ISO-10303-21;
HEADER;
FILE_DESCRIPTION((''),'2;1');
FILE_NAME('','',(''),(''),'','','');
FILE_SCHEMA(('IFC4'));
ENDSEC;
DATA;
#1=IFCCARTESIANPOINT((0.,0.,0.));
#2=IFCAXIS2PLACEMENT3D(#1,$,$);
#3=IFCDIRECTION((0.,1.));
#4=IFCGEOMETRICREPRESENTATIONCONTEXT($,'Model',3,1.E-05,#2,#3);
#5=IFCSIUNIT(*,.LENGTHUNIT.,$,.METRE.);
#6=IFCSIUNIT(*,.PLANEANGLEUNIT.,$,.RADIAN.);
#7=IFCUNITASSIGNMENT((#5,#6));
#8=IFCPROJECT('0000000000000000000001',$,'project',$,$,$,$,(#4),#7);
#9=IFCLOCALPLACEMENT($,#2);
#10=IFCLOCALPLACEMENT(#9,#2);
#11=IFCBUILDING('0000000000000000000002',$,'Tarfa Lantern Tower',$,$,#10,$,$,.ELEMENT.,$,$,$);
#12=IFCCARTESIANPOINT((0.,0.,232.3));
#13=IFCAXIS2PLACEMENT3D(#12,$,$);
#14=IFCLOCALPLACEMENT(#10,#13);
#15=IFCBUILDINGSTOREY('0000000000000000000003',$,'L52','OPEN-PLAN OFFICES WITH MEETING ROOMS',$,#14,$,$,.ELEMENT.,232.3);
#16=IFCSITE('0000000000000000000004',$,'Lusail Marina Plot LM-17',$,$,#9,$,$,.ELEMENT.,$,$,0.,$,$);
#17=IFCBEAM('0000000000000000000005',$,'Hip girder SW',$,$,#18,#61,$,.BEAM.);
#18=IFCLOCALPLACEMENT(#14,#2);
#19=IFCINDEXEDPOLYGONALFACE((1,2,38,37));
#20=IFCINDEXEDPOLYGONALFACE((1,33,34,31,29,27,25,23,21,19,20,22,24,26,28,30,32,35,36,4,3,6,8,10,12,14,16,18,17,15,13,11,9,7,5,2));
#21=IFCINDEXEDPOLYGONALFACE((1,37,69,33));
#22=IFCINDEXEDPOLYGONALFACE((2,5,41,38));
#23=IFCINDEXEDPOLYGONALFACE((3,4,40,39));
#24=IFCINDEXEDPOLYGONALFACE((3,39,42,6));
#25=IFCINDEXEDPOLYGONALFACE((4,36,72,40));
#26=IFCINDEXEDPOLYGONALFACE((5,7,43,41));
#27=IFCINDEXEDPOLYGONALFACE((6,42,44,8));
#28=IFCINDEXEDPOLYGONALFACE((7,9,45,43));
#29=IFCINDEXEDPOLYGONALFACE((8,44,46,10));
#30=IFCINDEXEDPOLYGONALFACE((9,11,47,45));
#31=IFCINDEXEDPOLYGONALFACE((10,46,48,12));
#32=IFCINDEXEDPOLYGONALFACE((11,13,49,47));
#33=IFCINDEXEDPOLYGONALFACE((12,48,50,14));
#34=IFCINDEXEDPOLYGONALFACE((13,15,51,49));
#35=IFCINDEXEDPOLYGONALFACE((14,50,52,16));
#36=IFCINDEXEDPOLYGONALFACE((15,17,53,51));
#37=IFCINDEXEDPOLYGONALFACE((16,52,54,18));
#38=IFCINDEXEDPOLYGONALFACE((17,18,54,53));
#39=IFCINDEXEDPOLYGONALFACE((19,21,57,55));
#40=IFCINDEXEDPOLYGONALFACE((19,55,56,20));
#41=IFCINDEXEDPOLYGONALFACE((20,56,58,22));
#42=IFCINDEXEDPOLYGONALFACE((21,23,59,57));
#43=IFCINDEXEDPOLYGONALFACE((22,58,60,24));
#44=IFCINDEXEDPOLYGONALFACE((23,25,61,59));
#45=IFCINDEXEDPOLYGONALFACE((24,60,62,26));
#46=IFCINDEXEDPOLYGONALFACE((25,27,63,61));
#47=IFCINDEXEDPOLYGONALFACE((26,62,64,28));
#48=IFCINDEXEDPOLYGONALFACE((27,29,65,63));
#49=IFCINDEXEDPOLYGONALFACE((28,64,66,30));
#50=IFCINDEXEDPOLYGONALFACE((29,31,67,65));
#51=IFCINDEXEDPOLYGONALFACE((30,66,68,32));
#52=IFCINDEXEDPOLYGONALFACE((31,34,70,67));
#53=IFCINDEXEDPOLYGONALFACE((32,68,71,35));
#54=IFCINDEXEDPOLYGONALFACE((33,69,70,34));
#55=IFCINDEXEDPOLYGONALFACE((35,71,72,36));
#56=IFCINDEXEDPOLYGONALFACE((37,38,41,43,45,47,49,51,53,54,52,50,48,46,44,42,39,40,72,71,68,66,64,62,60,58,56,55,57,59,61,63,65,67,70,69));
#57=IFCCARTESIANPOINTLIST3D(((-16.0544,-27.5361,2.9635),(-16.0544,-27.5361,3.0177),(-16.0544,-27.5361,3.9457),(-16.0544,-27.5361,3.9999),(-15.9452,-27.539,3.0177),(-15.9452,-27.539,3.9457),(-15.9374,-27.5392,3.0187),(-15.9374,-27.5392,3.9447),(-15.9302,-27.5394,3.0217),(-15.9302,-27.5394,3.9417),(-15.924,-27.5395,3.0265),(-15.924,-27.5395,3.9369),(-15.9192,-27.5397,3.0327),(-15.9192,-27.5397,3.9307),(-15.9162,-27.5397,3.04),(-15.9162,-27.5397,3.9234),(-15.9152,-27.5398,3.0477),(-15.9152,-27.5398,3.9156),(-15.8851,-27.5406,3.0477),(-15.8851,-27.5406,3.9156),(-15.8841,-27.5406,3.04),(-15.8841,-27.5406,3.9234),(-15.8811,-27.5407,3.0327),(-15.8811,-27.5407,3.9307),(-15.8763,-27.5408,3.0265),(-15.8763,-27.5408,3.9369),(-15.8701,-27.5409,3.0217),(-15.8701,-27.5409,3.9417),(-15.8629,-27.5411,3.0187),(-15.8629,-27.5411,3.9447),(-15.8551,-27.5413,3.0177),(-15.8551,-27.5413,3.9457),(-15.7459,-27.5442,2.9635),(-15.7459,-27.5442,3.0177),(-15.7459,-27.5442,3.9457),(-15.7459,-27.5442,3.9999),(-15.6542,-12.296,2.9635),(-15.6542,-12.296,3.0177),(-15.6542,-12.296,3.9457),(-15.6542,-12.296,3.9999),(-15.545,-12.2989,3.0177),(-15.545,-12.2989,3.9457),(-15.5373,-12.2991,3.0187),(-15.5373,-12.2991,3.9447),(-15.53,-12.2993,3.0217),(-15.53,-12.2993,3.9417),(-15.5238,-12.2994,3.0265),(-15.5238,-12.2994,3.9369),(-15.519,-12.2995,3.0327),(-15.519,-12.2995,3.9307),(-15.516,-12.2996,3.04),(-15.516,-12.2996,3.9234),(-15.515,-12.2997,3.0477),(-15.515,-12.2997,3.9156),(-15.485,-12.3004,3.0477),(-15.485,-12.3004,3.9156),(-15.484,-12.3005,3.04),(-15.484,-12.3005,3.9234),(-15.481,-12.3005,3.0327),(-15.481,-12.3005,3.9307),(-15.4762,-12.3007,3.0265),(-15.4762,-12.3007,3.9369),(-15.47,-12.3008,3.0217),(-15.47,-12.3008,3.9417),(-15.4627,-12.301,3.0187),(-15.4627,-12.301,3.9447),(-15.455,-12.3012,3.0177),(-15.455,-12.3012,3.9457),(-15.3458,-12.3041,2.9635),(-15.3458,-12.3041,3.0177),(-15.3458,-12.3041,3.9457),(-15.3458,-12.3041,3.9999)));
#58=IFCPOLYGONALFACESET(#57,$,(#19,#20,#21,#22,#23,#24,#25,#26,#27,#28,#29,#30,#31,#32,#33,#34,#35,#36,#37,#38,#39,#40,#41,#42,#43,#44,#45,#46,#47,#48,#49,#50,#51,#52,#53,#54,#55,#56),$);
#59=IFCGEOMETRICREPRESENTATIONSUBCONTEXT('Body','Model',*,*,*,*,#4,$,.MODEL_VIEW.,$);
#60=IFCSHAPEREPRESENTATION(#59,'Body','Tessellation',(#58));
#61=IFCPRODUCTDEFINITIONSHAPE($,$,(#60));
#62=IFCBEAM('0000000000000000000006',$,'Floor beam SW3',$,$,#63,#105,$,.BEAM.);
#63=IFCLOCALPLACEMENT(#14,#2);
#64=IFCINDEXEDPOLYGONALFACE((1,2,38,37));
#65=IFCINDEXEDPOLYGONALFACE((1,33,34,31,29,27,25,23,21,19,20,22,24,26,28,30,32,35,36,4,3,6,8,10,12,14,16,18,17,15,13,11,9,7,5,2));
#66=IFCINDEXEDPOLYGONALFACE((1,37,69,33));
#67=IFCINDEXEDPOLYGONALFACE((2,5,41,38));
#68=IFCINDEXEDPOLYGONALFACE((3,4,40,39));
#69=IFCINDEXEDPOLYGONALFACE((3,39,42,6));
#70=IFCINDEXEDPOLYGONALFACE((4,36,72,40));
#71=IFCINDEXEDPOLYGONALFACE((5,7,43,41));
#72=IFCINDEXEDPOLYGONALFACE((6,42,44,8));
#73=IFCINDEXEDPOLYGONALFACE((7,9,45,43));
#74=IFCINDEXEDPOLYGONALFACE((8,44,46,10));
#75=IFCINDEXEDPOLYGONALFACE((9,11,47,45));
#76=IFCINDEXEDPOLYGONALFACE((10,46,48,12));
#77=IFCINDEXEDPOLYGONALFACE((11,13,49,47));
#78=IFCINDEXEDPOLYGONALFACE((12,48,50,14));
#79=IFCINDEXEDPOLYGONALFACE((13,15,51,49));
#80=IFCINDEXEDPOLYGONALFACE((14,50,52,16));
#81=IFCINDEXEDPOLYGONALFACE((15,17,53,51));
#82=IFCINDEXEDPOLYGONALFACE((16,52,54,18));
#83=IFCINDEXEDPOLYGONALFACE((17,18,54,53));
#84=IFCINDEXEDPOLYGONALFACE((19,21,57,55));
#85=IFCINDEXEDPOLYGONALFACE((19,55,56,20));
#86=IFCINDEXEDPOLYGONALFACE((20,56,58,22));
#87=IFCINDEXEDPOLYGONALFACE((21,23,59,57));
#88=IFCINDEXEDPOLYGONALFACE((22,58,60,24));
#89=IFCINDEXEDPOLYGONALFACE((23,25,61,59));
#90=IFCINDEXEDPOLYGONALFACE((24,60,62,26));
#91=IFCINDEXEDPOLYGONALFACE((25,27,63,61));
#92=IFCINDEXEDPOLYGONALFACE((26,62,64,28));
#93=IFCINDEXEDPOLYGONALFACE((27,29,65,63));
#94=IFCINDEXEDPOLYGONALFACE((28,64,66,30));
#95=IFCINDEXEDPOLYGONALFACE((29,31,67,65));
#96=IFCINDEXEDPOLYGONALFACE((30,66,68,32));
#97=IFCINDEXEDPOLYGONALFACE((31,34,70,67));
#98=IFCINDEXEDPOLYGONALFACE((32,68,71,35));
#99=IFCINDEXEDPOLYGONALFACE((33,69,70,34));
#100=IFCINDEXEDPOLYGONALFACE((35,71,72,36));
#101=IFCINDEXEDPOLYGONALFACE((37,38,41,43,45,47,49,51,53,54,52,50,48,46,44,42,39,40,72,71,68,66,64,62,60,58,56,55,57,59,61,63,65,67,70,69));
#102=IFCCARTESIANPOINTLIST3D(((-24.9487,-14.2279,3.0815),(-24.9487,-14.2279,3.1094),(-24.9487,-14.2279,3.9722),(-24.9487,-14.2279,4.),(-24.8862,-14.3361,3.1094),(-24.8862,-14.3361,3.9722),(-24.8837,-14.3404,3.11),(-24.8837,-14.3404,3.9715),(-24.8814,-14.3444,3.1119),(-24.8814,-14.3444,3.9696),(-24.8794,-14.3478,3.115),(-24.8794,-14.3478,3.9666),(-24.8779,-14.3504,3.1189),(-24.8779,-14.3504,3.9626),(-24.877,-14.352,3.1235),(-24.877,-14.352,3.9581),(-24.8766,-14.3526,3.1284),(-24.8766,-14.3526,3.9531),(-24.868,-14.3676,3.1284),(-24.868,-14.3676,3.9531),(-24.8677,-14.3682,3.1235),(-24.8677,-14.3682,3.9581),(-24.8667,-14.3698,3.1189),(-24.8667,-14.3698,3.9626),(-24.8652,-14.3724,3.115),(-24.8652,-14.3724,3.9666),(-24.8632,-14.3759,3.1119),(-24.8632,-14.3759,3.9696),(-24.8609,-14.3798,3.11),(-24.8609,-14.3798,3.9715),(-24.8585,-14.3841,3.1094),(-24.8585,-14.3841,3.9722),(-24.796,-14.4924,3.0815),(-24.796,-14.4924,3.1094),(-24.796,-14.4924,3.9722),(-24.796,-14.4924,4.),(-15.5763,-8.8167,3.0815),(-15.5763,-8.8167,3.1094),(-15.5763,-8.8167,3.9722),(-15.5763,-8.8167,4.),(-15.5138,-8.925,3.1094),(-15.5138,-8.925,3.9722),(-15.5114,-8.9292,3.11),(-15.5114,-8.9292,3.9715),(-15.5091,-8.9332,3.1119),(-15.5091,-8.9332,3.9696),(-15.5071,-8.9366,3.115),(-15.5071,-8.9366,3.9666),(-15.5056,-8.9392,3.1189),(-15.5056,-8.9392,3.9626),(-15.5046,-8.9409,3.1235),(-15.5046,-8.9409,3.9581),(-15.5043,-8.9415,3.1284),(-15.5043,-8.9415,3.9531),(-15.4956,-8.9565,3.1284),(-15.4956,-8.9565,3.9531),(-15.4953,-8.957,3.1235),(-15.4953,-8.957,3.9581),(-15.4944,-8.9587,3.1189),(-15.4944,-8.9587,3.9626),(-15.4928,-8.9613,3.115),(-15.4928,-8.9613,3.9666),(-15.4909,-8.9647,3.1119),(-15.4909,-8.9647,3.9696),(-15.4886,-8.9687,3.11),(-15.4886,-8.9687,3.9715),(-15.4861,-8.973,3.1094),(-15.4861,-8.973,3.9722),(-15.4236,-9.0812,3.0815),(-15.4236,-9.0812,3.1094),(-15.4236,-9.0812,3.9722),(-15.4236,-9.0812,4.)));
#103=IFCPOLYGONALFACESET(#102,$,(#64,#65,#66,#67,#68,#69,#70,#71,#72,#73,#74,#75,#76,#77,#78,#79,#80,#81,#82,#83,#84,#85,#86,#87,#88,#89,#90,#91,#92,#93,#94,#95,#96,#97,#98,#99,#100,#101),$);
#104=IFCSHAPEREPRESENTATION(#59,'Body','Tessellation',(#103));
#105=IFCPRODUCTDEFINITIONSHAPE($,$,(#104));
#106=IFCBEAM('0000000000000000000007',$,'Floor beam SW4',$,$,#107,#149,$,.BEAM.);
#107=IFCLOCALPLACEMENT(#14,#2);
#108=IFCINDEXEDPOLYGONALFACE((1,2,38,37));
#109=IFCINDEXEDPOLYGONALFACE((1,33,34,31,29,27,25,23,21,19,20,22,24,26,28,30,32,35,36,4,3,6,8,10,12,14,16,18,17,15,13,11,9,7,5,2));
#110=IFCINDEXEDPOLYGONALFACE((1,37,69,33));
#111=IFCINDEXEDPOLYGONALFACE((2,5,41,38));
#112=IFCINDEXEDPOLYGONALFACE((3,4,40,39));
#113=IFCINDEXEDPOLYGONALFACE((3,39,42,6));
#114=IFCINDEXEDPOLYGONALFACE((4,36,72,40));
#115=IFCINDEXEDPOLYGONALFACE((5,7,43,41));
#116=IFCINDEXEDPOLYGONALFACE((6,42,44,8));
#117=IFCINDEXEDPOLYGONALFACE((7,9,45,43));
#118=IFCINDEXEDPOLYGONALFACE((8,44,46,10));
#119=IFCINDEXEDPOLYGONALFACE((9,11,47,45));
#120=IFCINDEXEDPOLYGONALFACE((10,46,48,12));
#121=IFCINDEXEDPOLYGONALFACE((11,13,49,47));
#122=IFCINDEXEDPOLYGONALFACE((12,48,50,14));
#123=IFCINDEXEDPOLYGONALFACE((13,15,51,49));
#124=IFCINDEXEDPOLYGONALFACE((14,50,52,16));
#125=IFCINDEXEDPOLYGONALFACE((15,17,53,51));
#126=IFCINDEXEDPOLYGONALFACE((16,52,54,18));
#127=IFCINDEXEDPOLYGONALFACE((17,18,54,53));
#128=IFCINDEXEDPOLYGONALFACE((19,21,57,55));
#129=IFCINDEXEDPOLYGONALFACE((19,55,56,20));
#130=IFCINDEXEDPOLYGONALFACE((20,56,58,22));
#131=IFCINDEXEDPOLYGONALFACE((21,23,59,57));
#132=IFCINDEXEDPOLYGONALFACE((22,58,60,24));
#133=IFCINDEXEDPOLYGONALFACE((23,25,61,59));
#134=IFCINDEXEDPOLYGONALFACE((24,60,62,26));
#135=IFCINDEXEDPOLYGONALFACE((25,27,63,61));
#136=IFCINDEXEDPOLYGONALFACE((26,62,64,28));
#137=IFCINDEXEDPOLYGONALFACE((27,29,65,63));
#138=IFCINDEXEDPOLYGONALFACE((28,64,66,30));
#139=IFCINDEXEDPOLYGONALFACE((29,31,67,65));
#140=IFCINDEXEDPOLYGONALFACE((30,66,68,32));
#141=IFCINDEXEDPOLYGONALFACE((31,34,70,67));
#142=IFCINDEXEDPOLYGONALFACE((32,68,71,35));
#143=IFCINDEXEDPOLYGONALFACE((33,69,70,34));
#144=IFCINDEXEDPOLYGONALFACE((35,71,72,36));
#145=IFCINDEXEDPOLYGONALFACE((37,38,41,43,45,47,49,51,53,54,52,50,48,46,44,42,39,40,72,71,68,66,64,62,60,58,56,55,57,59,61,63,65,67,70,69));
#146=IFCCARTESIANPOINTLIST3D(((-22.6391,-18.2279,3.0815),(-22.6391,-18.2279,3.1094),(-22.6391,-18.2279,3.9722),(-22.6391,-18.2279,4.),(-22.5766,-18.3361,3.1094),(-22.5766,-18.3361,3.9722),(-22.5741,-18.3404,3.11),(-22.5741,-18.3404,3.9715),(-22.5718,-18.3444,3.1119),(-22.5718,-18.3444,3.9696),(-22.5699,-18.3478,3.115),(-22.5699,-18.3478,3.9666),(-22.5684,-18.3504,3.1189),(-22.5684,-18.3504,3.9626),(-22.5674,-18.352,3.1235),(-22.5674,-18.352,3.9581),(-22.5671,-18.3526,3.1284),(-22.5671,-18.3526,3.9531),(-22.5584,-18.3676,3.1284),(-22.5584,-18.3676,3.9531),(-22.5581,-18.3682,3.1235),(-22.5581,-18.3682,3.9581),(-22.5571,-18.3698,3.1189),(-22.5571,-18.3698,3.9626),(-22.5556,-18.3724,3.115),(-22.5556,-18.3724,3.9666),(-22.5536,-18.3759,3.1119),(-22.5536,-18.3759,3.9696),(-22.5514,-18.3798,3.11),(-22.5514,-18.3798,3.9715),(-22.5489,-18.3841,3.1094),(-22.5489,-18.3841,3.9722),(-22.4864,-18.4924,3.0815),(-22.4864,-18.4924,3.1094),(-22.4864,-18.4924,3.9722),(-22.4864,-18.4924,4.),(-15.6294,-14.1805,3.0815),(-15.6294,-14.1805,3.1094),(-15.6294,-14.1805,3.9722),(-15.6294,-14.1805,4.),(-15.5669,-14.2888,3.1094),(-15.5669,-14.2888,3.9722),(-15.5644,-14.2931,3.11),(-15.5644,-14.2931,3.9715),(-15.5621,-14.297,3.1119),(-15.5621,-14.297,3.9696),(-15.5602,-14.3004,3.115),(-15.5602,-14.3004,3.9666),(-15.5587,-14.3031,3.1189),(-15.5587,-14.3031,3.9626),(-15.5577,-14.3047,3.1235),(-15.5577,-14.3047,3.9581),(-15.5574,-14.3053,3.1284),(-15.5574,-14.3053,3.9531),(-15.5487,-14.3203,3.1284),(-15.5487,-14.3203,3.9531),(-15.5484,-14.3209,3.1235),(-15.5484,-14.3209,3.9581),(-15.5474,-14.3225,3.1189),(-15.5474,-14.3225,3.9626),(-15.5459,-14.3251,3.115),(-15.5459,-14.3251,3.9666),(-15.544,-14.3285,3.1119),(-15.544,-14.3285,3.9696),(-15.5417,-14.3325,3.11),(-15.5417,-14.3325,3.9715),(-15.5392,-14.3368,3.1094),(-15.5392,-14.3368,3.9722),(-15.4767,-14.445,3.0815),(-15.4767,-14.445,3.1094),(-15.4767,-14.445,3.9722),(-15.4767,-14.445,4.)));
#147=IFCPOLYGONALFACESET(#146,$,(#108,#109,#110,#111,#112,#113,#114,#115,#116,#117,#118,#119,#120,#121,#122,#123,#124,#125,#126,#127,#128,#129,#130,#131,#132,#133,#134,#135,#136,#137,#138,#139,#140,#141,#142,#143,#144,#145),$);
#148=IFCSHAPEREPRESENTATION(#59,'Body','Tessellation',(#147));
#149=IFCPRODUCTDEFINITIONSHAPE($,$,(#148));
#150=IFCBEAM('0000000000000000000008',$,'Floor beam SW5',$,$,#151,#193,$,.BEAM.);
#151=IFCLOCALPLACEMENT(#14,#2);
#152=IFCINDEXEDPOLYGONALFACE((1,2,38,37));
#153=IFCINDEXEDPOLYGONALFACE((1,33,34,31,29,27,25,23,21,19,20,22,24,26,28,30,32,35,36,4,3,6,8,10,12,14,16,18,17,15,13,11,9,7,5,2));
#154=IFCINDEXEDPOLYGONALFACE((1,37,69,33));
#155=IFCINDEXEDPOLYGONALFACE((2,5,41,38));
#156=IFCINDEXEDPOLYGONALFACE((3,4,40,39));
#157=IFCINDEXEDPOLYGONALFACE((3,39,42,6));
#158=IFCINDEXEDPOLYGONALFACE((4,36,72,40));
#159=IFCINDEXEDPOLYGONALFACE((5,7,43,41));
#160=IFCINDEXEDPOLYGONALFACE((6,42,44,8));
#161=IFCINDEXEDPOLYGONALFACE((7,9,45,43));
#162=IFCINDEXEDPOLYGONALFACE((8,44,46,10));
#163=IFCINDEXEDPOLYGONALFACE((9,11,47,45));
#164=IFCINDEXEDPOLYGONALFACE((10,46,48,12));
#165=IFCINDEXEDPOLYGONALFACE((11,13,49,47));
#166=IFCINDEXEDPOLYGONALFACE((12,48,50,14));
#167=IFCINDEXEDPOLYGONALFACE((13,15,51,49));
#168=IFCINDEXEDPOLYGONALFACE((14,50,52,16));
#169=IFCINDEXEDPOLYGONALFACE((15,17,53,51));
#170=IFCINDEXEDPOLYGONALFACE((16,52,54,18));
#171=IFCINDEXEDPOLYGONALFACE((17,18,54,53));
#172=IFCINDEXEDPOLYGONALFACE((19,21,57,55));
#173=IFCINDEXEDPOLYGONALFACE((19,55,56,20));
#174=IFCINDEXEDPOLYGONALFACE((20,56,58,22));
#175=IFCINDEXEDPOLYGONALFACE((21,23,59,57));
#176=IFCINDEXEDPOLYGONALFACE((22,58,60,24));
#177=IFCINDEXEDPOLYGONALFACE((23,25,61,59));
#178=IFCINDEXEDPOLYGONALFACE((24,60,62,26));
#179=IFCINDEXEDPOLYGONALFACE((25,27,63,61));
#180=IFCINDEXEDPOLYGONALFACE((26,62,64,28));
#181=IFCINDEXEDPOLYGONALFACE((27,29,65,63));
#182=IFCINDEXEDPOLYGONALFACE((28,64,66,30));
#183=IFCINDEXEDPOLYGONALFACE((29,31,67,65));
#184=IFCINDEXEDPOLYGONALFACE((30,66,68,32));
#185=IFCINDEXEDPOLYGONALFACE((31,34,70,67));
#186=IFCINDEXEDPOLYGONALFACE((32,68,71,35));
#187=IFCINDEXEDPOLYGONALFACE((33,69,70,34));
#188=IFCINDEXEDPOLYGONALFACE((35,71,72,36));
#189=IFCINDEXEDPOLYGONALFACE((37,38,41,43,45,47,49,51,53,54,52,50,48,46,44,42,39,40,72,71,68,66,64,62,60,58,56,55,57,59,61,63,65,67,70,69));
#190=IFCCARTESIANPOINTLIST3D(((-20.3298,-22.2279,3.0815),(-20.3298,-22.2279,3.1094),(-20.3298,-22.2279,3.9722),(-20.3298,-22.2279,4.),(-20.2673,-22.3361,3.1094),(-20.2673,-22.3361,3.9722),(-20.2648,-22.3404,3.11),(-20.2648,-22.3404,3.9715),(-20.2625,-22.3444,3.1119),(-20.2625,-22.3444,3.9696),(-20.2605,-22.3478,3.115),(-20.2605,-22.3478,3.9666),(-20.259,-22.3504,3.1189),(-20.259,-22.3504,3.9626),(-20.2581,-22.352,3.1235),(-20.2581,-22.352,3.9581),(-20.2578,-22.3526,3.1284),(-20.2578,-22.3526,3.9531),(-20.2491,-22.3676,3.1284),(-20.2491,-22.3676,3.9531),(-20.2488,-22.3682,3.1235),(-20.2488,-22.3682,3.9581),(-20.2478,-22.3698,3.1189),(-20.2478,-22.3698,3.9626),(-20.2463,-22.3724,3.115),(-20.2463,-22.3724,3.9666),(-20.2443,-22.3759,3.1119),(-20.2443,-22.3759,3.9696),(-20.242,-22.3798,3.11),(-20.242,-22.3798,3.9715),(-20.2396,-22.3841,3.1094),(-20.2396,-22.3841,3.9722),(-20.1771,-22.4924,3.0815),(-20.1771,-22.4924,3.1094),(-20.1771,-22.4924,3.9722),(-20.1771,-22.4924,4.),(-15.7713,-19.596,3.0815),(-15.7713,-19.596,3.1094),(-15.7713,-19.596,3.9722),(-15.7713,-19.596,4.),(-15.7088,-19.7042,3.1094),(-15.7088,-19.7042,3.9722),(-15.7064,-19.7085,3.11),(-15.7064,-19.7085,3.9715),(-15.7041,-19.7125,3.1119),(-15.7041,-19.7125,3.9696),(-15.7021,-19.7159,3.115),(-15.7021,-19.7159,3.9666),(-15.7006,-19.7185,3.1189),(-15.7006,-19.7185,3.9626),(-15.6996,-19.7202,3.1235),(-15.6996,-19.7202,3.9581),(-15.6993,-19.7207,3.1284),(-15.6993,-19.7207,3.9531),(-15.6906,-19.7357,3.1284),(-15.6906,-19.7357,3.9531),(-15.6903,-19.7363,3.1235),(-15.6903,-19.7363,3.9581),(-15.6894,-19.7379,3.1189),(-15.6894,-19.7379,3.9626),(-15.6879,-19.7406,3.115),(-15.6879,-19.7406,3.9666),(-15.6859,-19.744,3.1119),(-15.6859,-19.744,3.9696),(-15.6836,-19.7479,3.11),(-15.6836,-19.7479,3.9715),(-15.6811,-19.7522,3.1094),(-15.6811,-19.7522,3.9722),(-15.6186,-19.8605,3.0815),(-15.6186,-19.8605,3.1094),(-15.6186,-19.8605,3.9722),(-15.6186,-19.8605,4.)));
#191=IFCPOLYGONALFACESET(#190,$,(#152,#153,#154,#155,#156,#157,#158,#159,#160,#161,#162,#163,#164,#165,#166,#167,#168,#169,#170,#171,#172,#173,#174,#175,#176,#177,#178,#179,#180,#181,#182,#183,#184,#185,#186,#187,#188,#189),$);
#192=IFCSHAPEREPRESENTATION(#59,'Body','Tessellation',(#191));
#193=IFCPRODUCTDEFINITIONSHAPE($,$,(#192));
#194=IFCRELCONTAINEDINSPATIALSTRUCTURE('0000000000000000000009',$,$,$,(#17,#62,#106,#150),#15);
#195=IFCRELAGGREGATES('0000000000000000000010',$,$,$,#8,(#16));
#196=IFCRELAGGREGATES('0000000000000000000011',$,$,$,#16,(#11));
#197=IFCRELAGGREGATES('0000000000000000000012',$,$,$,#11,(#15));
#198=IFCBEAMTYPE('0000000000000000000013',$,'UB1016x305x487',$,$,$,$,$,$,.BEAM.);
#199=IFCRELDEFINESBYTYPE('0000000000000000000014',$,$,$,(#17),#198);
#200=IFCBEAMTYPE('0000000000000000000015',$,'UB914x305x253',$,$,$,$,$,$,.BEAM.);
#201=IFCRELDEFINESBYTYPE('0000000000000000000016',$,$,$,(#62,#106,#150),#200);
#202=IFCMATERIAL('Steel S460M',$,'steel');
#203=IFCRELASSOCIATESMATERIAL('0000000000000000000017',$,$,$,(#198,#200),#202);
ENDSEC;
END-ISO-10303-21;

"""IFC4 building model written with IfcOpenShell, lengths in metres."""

from ifc_helpers import new_model, si_unit, direction, frame, origin, origin_2d, place, context, subcontext, project, spatial, i_section, extrude, material, material_profile, profile_set, type_object, element, save


model = new_model("IFC4")

# Units and contexts
model_context = context("Model", 3, precision=1e-05, world=origin(), true_north=direction((0.0, 1.0)))
body_context = subcontext(model_context, "Body", "Model", "MODEL_VIEW")
ifc_project = project(units=[si_unit("LENGTHUNIT", "METRE"), si_unit("PLANEANGLEUNIT", "RADIAN")], contexts=[model_context])

# Site, building, storey
site_placement = place(None, origin())
site = spatial("IfcSite", under=ifc_project, at=site_placement, Name="Lusail Marina Plot LM-17", CompositionType="ELEMENT", RefElevation=0.0)
building_placement = place(site_placement, origin())
building = spatial("IfcBuilding", under=site, at=building_placement, Name="Tarfa Lantern Tower", CompositionType="ELEMENT")
storey_placement = place(building_placement, frame((0.0, 0.0, 232.3)))
storey = spatial("IfcBuildingStorey", under=building, at=storey_placement, Name="L52", Description="OPEN-PLAN OFFICES WITH MEETING ROOMS", CompositionType="ELEMENT", Elevation=232.3)

# Beams
ifc_material_1 = material(Name="Steel S460M", Category="steel")
ifc_material_profile_1 = material_profile(ifc_material_1, i_section(OverallWidth=0.3086, OverallDepth=1.0364, WebThickness=0.03, FlangeThickness=0.0542, FilletRadius=0.03, at=origin_2d()), Name="UB1016x305x487")
ifc_profile_set_1 = profile_set([ifc_material_profile_1], Name="Steel S460M")
beam_type_1 = type_object("IfcBeamType", Name="UB1016x305x487", PredefinedType="BEAM", material=ifc_profile_set_1)
beam_1_placement = place(storey_placement, frame((-15.5, -12.3, 3.4817), z_axis=(-0.026247, -0.999655, 0.0), x_axis=(0.999655, -0.026247, 0.0)))
element("IfcBeam", 1, at=beam_1_placement, inside=storey, type_object=beam_type_1, Name="Hip girder SW", PredefinedType="BEAM", context=body_context, shape_type="SweptSolid", body=[
    extrude(i_section(OverallWidth=0.3086, OverallDepth=1.0364, WebThickness=0.03, FlangeThickness=0.0542, FilletRadius=0.03, at=origin_2d()), origin(), (0.0, 0.0, 1.0), 15.2454),
])
ifc_material_profile_2 = material_profile(ifc_material_1, i_section(OverallWidth=0.3054, OverallDepth=0.9185, WebThickness=0.0173, FlangeThickness=0.0278, FilletRadius=0.019, at=origin_2d()), Name="UB914x305x253")
ifc_profile_set_2 = profile_set([ifc_material_profile_2], Name="Steel S460M")
beam_type_2 = type_object("IfcBeamType", Name="UB914x305x253", PredefinedType="BEAM", material=ifc_profile_set_2)
beam_2_placement = place(storey_placement, frame((-24.8723, -14.3601, 3.5408), z_axis=(0.866024, 0.500002, 0.0), x_axis=(-0.500002, 0.866024, 0.0)))
element("IfcBeam", 2, at=beam_2_placement, inside=storey, type_object=beam_type_2, Name="Floor beam SW3", PredefinedType="BEAM", context=body_context, shape_type="SweptSolid", body=[
    extrude(i_section(OverallWidth=0.3054, OverallDepth=0.9185, WebThickness=0.0173, FlangeThickness=0.0278, FilletRadius=0.019, at=origin_2d()), origin(), (0.0, 0.0, 1.0), 10.8223),
])
beam_3_placement = place(storey_placement, frame((-22.5627, -18.3601, 3.5408), z_axis=(0.866011, 0.500025, 0.0), x_axis=(-0.500025, 0.866011, 0.0)))
element("IfcBeam", 3, at=beam_3_placement, inside=storey, type_object=beam_type_2, Name="Floor beam SW4", PredefinedType="BEAM", context=body_context, shape_type="SweptSolid", body=[
    extrude(i_section(OverallWidth=0.3054, OverallDepth=0.9185, WebThickness=0.0173, FlangeThickness=0.0278, FilletRadius=0.019, at=origin_2d()), origin(), (0.0, 0.0, 1.0), 8.0942),
])
beam_4_placement = place(storey_placement, frame((-20.2534, -22.3601, 3.5408), z_axis=(0.86602, 0.50001, 0.0), x_axis=(-0.50001, 0.86602, 0.0)))
element("IfcBeam", 4, at=beam_4_placement, inside=storey, type_object=beam_type_2, Name="Floor beam SW5", PredefinedType="BEAM", context=body_context, shape_type="SweptSolid", body=[
    extrude(i_section(OverallWidth=0.3054, OverallDepth=0.9185, WebThickness=0.0173, FlangeThickness=0.0278, FilletRadius=0.019, at=origin_2d()), origin(), (0.0, 0.0, 1.0), 5.2637),
])

save(model, "model.ifc")
